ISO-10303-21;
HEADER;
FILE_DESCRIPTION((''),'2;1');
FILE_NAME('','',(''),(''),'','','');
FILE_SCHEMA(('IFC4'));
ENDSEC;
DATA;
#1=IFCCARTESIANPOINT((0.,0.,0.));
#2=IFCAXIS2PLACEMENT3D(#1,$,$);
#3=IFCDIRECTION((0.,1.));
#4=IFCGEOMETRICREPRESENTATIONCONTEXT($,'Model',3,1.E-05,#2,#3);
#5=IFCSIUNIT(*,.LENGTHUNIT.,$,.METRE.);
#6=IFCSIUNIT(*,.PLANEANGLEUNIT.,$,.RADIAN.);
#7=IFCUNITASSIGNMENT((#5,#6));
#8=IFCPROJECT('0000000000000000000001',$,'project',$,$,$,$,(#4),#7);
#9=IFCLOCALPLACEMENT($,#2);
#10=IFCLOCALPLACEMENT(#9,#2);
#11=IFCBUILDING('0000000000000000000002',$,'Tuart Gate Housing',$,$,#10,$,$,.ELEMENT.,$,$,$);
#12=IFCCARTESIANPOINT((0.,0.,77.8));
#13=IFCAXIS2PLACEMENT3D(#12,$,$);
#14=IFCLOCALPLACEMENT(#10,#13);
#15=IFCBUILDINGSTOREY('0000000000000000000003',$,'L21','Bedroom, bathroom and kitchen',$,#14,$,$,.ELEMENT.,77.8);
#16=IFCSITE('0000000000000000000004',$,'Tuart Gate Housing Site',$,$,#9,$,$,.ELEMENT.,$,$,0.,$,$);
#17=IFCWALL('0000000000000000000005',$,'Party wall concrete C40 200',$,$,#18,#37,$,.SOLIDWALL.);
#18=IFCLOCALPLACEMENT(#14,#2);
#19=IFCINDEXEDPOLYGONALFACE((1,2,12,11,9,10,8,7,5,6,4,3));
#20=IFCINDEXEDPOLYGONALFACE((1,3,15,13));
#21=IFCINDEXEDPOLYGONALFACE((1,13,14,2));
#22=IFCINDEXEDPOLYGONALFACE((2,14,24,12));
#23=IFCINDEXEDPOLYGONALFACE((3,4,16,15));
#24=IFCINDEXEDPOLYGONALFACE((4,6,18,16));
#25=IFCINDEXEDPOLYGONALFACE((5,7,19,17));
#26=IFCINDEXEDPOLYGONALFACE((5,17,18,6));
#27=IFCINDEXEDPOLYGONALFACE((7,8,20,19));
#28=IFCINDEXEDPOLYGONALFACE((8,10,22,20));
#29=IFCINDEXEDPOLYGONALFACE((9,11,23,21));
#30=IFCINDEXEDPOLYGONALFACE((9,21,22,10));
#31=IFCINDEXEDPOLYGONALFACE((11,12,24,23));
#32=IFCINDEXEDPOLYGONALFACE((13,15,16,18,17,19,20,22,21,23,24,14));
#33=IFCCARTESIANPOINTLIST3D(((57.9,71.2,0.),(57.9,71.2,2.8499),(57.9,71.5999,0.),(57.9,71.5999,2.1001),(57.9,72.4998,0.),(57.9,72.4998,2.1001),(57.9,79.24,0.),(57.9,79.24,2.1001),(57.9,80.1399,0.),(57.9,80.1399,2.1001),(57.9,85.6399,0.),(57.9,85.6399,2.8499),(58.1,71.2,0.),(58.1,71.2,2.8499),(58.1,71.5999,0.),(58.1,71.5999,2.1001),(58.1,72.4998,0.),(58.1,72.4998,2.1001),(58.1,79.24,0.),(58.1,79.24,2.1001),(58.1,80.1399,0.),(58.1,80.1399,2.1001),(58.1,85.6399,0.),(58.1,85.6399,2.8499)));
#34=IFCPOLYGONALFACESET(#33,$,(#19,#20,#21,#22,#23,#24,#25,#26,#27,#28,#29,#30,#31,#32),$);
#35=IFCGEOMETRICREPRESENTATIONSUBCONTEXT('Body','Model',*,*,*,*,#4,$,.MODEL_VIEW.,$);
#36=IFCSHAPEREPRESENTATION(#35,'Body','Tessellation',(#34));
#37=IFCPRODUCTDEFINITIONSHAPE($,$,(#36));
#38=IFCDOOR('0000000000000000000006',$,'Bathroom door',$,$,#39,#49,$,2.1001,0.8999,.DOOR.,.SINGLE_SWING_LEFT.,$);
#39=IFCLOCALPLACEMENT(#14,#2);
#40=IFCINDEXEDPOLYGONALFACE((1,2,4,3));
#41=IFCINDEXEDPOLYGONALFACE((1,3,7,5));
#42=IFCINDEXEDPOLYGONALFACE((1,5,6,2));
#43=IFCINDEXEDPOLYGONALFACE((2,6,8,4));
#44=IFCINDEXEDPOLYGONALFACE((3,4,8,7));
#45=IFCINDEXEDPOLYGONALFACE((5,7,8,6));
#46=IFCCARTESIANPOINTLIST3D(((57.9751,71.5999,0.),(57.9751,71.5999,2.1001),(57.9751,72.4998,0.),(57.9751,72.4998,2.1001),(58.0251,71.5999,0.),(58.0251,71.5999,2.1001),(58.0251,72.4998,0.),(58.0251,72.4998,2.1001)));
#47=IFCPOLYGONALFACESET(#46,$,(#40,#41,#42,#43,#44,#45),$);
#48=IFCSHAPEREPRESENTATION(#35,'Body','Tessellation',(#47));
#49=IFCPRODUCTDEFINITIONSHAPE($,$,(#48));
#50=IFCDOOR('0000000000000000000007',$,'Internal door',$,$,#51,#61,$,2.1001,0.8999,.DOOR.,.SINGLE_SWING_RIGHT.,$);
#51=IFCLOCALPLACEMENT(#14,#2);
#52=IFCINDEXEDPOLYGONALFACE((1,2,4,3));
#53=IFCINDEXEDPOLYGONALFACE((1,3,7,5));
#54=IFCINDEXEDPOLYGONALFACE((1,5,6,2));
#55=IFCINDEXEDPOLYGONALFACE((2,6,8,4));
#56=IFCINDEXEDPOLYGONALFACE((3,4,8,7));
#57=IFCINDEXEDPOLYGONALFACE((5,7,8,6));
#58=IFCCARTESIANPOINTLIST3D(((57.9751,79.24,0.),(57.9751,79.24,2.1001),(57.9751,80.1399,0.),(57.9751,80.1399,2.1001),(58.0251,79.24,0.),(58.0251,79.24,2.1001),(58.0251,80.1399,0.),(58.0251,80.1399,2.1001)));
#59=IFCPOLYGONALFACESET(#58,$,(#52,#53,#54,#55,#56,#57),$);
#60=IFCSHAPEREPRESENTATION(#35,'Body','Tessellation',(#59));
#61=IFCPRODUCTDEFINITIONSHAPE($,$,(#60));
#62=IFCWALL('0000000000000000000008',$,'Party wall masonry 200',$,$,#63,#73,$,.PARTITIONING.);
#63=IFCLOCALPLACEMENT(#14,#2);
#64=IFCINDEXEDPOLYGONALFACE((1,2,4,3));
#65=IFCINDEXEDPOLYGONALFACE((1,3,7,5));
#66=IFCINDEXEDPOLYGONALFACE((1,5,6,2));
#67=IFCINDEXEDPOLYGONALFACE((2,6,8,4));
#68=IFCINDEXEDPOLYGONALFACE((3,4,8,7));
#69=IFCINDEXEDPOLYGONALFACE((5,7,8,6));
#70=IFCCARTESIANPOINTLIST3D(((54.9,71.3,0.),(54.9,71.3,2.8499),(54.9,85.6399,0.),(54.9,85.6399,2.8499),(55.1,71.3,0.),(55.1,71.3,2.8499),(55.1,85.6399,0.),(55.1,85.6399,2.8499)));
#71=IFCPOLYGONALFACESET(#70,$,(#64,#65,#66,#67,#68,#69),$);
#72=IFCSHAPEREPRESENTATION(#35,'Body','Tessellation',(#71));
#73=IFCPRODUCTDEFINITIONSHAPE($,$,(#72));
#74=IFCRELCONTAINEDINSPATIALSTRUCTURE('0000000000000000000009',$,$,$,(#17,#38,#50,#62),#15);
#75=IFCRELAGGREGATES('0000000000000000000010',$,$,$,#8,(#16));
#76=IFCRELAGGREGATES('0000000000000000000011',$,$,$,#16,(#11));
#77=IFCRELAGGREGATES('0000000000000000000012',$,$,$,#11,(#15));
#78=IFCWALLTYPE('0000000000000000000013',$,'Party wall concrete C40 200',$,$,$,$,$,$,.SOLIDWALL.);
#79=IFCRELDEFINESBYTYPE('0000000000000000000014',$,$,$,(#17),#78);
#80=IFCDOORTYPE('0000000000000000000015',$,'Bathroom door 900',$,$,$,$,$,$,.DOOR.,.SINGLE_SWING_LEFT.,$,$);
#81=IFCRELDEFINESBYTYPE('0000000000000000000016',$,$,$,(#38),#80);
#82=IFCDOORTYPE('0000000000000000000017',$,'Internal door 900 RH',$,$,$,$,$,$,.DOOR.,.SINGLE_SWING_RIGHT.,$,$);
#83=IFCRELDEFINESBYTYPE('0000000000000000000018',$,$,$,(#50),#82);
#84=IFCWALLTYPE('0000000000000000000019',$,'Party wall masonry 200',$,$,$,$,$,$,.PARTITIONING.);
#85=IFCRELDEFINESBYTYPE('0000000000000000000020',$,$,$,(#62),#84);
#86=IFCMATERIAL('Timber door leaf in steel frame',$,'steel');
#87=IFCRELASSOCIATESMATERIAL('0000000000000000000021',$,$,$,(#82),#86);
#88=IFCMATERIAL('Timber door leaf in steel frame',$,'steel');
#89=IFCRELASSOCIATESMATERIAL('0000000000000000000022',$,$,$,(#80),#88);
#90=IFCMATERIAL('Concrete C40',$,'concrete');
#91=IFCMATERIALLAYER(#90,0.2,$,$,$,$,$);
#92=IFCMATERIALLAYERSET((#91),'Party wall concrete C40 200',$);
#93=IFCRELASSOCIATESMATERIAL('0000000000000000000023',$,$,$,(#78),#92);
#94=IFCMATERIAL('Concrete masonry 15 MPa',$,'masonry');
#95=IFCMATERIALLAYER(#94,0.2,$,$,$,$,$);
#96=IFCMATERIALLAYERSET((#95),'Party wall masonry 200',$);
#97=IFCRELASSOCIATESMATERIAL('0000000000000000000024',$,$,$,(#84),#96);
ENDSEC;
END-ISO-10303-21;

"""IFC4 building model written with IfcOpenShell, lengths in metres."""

from ifc_helpers import new_model, si_unit, direction, frame, frame_2d, origin, place, context, subcontext, project, spatial, rectangle, extrude, material, layer, layer_set, type_object, element, fill, save


model = new_model("IFC4")

# Units and contexts
model_context = context("Model", 3, precision=1e-05, world=origin(), true_north=direction((0.0, 1.0)))
body_context = subcontext(model_context, "Body", "Model", "MODEL_VIEW")
ifc_project = project(units=[si_unit("LENGTHUNIT", "METRE"), si_unit("PLANEANGLEUNIT", "RADIAN")], contexts=[model_context])

# Site, building, storey
site_placement = place(None, origin())
site = spatial("IfcSite", under=ifc_project, at=site_placement, Name="Tuart Gate Housing Site", CompositionType="ELEMENT", RefElevation=0.0)
building_placement = place(site_placement, origin())
building = spatial("IfcBuilding", under=site, at=building_placement, Name="Tuart Gate Housing", CompositionType="ELEMENT")
storey_placement = place(building_placement, frame((0.0, 0.0, 77.8)))
storey = spatial("IfcBuildingStorey", under=building, at=storey_placement, Name="L21", Description="Bedroom, bathroom and kitchen", CompositionType="ELEMENT", Elevation=77.8)

# Shared definitions
ifc_material_1 = material(Name="Timber door leaf in steel frame", Category="steel")
door_type_1 = type_object("IfcDoorType", Name="Internal door 900 RH", OperationType="SINGLE_SWING_RIGHT", PredefinedType="DOOR", material=ifc_material_1)

# Shared definitions
ifc_material_2 = material(Name="Timber door leaf in steel frame", Category="steel")
door_type_2 = type_object("IfcDoorType", Name="Bathroom door 900", OperationType="SINGLE_SWING_LEFT", PredefinedType="DOOR", material=ifc_material_2)

# Shared definitions
ifc_material_3 = material(Name="Concrete C40", Category="concrete")
ifc_layer_1 = layer(ifc_material_3, 0.2)
ifc_layer_set_1 = layer_set([ifc_layer_1], Name="Party wall concrete C40 200")
wall_type_1 = type_object("IfcWallType", Name="Party wall concrete C40 200", PredefinedType="SOLIDWALL", material=ifc_layer_set_1)

# Wall, openings, doors
wall_1_placement = place(storey_placement, frame((58.0, 71.2, 0.0), z_axis=(0.0, 0.0, 1.0), x_axis=(0.0, 1.0, 0.0)))
wall_1 = element("IfcWall", 1, at=wall_1_placement, inside=storey, type_object=wall_type_1, Name="Party wall concrete C40 200", PredefinedType="SOLIDWALL", context=body_context, shape_type="SweptSolid", body=[
    extrude(rectangle(XDim=14.4399, YDim=0.2, at=frame_2d((7.22, 0.0))), origin(), (0.0, 0.0, 1.0), 2.8499),
])
opening_1_placement = place(wall_1_placement, frame((8.04, 0.0, 0.0)))
opening_1 = element("IfcOpeningElement", 2, at=opening_1_placement, cuts=wall_1, PredefinedType="OPENING", context=body_context, shape_type="SweptSolid", body=[
    extrude(rectangle(XDim=0.8999, YDim=2.1001, at=frame_2d((0.45, 1.05))), frame((0.0, 0.1099, 0.0), z_axis=(0.0, -1.0, 0.0), x_axis=(1.0, 0.0, 0.0)), (0.0, 0.0, 1.0), 0.22),
])
opening_2_placement = place(wall_1_placement, frame((0.3999, 0.0, 0.0)))
opening_2 = element("IfcOpeningElement", 3, at=opening_2_placement, cuts=wall_1, PredefinedType="OPENING", context=body_context, shape_type="SweptSolid", body=[
    extrude(rectangle(XDim=0.8999, YDim=2.1001, at=frame_2d((0.45, 1.05))), frame((0.0, 0.1099, 0.0), z_axis=(0.0, -1.0, 0.0), x_axis=(1.0, 0.0, 0.0)), (0.0, 0.0, 1.0), 0.22),
])
door_1_placement = place(opening_2_placement, origin())
door_1 = element("IfcDoor", 4, at=door_1_placement, inside=storey, type_object=door_type_2, Name="Bathroom door", OperationType="SINGLE_SWING_LEFT", OverallHeight=2.1001, OverallWidth=0.8999, PredefinedType="DOOR", context=body_context, shape_type="SweptSolid", body=[
    extrude(rectangle(XDim=0.8999, YDim=2.1001, at=frame_2d((0.45, 1.05))), frame((0.0, 0.0249, 0.0), z_axis=(0.0, -1.0, 0.0), x_axis=(1.0, 0.0, 0.0)), (0.0, 0.0, 1.0), 0.05),
])
fill(opening_2, door_1)
door_2_placement = place(opening_1_placement, origin())
door_2 = element("IfcDoor", 5, at=door_2_placement, inside=storey, type_object=door_type_1, Name="Internal door", OperationType="SINGLE_SWING_RIGHT", OverallHeight=2.1001, OverallWidth=0.8999, PredefinedType="DOOR", context=body_context, shape_type="SweptSolid", body=[
    extrude(rectangle(XDim=0.8999, YDim=2.1001, at=frame_2d((0.45, 1.05))), frame((0.0, 0.0249, 0.0), z_axis=(0.0, -1.0, 0.0), x_axis=(1.0, 0.0, 0.0)), (0.0, 0.0, 1.0), 0.05),
])
fill(opening_1, door_2)

# Wall
ifc_material_4 = material(Name="Concrete masonry 15 MPa", Category="masonry")
ifc_layer_2 = layer(ifc_material_4, 0.2)
ifc_layer_set_2 = layer_set([ifc_layer_2], Name="Party wall masonry 200")
wall_type_2 = type_object("IfcWallType", Name="Party wall masonry 200", PredefinedType="PARTITIONING", material=ifc_layer_set_2)
wall_2_placement = place(storey_placement, frame((55.0, 71.3, 0.0), z_axis=(0.0, 0.0, 1.0), x_axis=(0.0, 1.0, 0.0)))
element("IfcWall", 6, at=wall_2_placement, inside=storey, type_object=wall_type_2, Name="Party wall masonry 200", PredefinedType="PARTITIONING", context=body_context, shape_type="SweptSolid", body=[
    extrude(rectangle(XDim=14.3398, YDim=0.2, at=frame_2d((7.1699, 0.0))), origin(), (0.0, 0.0, 1.0), 2.8499),
])

save(model, "model.ifc")
